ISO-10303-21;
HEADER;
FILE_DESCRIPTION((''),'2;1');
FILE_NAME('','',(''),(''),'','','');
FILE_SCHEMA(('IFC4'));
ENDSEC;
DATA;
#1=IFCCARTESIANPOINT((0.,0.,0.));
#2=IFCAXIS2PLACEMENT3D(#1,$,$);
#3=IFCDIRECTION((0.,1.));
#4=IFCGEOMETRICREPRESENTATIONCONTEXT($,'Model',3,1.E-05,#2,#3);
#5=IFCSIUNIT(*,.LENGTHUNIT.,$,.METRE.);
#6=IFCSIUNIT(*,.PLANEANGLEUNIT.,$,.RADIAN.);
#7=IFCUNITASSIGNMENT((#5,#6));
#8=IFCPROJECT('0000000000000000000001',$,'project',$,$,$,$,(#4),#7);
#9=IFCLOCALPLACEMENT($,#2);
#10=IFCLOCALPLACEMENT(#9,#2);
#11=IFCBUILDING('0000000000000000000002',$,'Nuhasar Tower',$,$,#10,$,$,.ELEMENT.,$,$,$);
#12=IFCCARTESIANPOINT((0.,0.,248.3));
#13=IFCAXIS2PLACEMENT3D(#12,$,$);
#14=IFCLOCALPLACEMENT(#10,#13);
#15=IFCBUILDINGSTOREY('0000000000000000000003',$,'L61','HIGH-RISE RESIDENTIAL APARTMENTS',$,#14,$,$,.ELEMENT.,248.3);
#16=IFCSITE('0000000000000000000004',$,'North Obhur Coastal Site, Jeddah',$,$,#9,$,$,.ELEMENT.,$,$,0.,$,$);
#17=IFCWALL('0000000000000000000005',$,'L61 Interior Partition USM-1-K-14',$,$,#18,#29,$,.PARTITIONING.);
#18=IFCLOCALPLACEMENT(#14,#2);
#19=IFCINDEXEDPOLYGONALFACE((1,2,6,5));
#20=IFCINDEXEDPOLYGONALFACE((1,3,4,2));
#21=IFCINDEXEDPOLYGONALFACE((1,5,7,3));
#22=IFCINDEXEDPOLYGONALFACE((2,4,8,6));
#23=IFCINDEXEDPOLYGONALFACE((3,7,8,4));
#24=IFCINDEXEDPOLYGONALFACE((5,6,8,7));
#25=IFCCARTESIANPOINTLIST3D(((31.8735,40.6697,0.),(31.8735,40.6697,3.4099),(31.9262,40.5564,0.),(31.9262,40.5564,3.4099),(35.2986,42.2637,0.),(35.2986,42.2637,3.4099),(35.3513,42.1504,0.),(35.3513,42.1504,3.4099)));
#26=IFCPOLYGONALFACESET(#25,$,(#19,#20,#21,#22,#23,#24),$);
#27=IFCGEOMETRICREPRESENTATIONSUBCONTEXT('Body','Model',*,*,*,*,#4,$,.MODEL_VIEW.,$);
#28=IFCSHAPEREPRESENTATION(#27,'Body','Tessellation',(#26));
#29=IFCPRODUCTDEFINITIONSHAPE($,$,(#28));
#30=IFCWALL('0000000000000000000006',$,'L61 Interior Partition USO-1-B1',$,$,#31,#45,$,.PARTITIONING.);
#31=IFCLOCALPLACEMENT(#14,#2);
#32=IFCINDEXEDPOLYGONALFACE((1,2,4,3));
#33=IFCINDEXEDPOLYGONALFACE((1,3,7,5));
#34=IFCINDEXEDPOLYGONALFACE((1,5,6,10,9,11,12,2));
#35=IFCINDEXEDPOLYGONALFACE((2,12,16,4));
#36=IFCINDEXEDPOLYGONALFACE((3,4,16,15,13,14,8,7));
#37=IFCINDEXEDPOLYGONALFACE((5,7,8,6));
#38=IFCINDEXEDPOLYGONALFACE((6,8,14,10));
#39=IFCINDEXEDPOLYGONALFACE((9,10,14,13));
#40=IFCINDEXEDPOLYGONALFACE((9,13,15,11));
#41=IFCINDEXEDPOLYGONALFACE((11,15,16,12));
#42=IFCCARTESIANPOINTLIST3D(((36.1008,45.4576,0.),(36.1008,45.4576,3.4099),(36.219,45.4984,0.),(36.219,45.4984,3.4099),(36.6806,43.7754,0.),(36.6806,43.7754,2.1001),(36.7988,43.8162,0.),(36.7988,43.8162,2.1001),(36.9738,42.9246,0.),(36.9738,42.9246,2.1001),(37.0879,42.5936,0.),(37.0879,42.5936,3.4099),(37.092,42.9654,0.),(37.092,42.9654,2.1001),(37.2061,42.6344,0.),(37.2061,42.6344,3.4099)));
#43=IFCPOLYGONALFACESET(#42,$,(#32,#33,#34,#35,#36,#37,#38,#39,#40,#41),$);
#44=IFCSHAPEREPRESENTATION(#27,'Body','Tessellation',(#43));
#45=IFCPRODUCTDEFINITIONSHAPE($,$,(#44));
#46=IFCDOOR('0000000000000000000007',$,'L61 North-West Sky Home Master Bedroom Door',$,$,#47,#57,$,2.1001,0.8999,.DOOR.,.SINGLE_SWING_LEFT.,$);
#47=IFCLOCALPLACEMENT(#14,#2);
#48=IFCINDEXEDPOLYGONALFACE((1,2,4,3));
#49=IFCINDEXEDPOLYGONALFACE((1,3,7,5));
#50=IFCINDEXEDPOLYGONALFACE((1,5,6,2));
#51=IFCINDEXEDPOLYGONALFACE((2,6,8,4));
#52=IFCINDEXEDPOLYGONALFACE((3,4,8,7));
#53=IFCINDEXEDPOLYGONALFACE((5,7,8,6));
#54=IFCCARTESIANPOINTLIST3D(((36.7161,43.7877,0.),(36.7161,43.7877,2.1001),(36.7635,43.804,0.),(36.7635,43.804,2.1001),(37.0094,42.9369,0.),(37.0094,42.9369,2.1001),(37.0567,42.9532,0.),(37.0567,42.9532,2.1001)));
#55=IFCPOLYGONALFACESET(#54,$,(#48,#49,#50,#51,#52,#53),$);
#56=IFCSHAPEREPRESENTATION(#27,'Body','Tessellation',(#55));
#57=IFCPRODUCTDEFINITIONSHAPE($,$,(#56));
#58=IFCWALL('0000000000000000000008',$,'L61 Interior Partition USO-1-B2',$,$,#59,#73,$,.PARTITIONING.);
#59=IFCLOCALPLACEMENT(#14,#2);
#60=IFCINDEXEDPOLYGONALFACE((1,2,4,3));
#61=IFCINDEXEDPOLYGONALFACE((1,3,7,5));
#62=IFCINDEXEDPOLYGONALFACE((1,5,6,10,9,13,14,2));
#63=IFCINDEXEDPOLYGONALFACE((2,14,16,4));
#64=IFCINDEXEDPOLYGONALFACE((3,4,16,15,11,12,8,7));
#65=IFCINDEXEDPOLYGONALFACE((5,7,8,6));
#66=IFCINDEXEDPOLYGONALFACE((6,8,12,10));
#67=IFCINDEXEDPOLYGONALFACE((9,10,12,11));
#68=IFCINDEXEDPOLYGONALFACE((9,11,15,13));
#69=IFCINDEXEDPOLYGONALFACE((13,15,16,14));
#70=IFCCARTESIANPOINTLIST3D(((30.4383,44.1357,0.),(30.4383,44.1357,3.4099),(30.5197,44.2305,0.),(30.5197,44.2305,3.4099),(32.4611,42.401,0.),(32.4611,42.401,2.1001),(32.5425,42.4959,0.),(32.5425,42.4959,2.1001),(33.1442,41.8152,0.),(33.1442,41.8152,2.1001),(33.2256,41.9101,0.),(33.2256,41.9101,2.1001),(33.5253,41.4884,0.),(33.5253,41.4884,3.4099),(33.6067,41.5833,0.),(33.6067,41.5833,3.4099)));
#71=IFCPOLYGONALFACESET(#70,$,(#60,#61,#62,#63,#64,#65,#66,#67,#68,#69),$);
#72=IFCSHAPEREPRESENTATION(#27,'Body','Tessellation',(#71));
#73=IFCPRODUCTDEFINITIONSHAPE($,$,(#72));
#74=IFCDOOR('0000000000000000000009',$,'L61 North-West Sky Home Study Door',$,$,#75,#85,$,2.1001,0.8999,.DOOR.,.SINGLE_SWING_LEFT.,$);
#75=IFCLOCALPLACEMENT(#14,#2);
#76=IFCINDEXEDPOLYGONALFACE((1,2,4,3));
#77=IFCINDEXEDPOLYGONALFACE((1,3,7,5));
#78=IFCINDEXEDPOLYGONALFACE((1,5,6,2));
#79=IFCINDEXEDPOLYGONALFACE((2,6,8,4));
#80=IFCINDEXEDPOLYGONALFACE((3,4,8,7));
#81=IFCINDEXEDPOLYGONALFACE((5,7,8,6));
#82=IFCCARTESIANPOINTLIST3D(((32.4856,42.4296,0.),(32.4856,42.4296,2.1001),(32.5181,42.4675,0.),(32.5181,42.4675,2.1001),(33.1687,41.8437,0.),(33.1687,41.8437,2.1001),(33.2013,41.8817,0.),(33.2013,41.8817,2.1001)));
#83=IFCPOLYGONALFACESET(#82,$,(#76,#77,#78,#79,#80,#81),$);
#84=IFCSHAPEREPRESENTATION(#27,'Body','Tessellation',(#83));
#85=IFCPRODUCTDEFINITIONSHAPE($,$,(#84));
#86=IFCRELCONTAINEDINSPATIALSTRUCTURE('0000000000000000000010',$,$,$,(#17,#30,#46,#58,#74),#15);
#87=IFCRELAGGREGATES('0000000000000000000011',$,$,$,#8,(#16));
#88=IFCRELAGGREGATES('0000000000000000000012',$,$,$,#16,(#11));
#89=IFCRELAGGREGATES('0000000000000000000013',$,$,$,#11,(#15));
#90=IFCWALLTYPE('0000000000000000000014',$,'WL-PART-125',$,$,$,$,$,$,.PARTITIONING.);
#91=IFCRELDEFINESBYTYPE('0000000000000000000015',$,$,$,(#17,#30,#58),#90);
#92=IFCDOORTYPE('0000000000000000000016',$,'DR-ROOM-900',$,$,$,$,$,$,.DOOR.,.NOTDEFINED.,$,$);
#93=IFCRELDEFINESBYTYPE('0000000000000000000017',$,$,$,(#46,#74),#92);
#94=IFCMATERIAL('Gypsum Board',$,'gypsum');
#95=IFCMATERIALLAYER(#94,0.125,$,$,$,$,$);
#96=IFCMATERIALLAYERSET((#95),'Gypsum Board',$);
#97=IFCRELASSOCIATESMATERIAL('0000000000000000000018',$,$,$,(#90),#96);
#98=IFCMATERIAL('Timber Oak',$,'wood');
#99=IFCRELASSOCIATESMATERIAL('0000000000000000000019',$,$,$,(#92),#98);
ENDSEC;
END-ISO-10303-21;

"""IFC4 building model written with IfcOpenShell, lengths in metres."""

from ifc_helpers import new_model, si_unit, direction, frame, frame_2d, origin, place, context, subcontext, project, spatial, rectangle, extrude, material, layer, layer_set, type_object, element, fill, save


model = new_model("IFC4")

# Units and contexts
model_context = context("Model", 3, precision=1e-05, world=origin(), true_north=direction((0.0, 1.0)))
body_context = subcontext(model_context, "Body", "Model", "MODEL_VIEW")
ifc_project = project(units=[si_unit("LENGTHUNIT", "METRE"), si_unit("PLANEANGLEUNIT", "RADIAN")], contexts=[model_context])

# Site, building, storey
site_placement = place(None, origin())
site = spatial("IfcSite", under=ifc_project, at=site_placement, Name="North Obhur Coastal Site, Jeddah", CompositionType="ELEMENT", RefElevation=0.0)
building_placement = place(site_placement, origin())
building = spatial("IfcBuilding", under=site, at=building_placement, Name="Nuhasar Tower", CompositionType="ELEMENT")
storey_placement = place(building_placement, frame((0.0, 0.0, 248.3)))
storey = spatial("IfcBuildingStorey", under=building, at=storey_placement, Name="L61", Description="HIGH-RISE RESIDENTIAL APARTMENTS", CompositionType="ELEMENT", Elevation=248.3)

# Shared definitions
ifc_material_1 = material(Name="Gypsum Board", Category="gypsum")

# Shared definitions
ifc_layer_1 = layer(ifc_material_1, 0.125)
ifc_layer_set_1 = layer_set([ifc_layer_1], Name="Gypsum Board")
wall_type_1 = type_object("IfcWallType", Name="WL-PART-125", PredefinedType="PARTITIONING", material=ifc_layer_set_1)

# Shared definitions
ifc_material_2 = material(Name="Timber Oak", Category="wood")
door_type_1 = type_object("IfcDoorType", Name="DR-ROOM-900", OperationType="NOTDEFINED", PredefinedType="DOOR", material=ifc_material_2)

# Wall
wall_1_placement = place(storey_placement, frame((35.325, 42.207, 0.0), z_axis=(0.0, 0.0, 1.0), x_axis=(-0.906625, -0.421937, 0.0)))
element("IfcWall", 1, at=wall_1_placement, inside=storey, type_object=wall_type_1, Name="L61 Interior Partition USM-1-K-14", PredefinedType="PARTITIONING", context=body_context, shape_type="SweptSolid", body=[
    extrude(rectangle(XDim=3.7778, YDim=0.125, at=frame_2d((1.8889, 0.0))), origin(), (0.0, 0.0, 1.0), 3.4099),
])

# Walls, openings, doors
wall_2_placement = place(storey_placement, frame((37.147, 42.614, 0.0), z_axis=(0.0, 0.0, 1.0), x_axis=(-0.325834, 0.945427, 0.0)))
wall_2 = element("IfcWall", 2, at=wall_2_placement, inside=storey, type_object=wall_type_1, Name="L61 Interior Partition USO-1-B1", PredefinedType="PARTITIONING", context=body_context, shape_type="SweptSolid", body=[
    extrude(rectangle(XDim=3.0293, YDim=0.125, at=frame_2d((1.5146, 0.0))), origin(), (0.0, 0.0, 1.0), 3.4099),
])
opening_1_placement = place(wall_2_placement, frame((0.3501, 0.0, 0.0)))
opening_1 = element("IfcOpeningElement", 3, at=opening_1_placement, cuts=wall_2, PredefinedType="OPENING", context=body_context, shape_type="SweptSolid", body=[
    extrude(rectangle(XDim=0.8999, YDim=2.1001, at=frame_2d((0.45, 1.05))), frame((0.0, 0.0725, 0.0), z_axis=(0.0, -1.0, 0.0), x_axis=(1.0, 0.0, 0.0)), (0.0, 0.0, 1.0), 0.145),
])
door_1_placement = place(opening_1_placement, origin())
door_1 = element("IfcDoor", 4, at=door_1_placement, inside=storey, type_object=door_type_1, Name="L61 North-West Sky Home Master Bedroom Door", OperationType="SINGLE_SWING_LEFT", OverallHeight=2.1001, OverallWidth=0.8999, PredefinedType="DOOR", context=body_context, shape_type="SweptSolid", body=[
    extrude(rectangle(XDim=0.8999, YDim=2.1001, at=frame_2d((0.45, 1.05))), frame((0.0, 0.0249, 0.0), z_axis=(0.0, -1.0, 0.0), x_axis=(1.0, 0.0, 0.0)), (0.0, 0.0, 1.0), 0.05),
])
fill(opening_1, door_1)
wall_3_placement = place(storey_placement, frame((33.5659, 41.5359, 0.0), z_axis=(0.0, 0.0, 1.0), x_axis=(-0.7591, 0.650974, 0.0)))
wall_3 = element("IfcWall", 5, at=wall_3_placement, inside=storey, type_object=wall_type_1, Name="L61 Interior Partition USO-1-B2", PredefinedType="PARTITIONING", context=body_context, shape_type="SweptSolid", body=[
    extrude(rectangle(XDim=4.0667, YDim=0.125, at=frame_2d((2.0332, 0.0))), origin(), (0.0, 0.0, 1.0), 3.4099),
])
opening_2_placement = place(wall_3_placement, frame((0.502, 0.0, 0.0)))
opening_2 = element("IfcOpeningElement", 6, at=opening_2_placement, cuts=wall_3, PredefinedType="OPENING", context=body_context, shape_type="SweptSolid", body=[
    extrude(rectangle(XDim=0.8999, YDim=2.1001, at=frame_2d((0.45, 1.05))), frame((0.0, 0.0725, 0.0), z_axis=(0.0, -1.0, 0.0), x_axis=(1.0, 0.0, 0.0)), (0.0, 0.0, 1.0), 0.145),
])
door_2_placement = place(opening_2_placement, origin())
door_2 = element("IfcDoor", 7, at=door_2_placement, inside=storey, type_object=door_type_1, Name="L61 North-West Sky Home Study Door", OperationType="SINGLE_SWING_LEFT", OverallHeight=2.1001, OverallWidth=0.8999, PredefinedType="DOOR", context=body_context, shape_type="SweptSolid", body=[
    extrude(rectangle(XDim=0.8999, YDim=2.1001, at=frame_2d((0.45, 1.05))), frame((0.0, 0.0249, 0.0), z_axis=(0.0, -1.0, 0.0), x_axis=(1.0, 0.0, 0.0)), (0.0, 0.0, 1.0), 0.05),
])
fill(opening_2, door_2)

save(model, "model.ifc")
